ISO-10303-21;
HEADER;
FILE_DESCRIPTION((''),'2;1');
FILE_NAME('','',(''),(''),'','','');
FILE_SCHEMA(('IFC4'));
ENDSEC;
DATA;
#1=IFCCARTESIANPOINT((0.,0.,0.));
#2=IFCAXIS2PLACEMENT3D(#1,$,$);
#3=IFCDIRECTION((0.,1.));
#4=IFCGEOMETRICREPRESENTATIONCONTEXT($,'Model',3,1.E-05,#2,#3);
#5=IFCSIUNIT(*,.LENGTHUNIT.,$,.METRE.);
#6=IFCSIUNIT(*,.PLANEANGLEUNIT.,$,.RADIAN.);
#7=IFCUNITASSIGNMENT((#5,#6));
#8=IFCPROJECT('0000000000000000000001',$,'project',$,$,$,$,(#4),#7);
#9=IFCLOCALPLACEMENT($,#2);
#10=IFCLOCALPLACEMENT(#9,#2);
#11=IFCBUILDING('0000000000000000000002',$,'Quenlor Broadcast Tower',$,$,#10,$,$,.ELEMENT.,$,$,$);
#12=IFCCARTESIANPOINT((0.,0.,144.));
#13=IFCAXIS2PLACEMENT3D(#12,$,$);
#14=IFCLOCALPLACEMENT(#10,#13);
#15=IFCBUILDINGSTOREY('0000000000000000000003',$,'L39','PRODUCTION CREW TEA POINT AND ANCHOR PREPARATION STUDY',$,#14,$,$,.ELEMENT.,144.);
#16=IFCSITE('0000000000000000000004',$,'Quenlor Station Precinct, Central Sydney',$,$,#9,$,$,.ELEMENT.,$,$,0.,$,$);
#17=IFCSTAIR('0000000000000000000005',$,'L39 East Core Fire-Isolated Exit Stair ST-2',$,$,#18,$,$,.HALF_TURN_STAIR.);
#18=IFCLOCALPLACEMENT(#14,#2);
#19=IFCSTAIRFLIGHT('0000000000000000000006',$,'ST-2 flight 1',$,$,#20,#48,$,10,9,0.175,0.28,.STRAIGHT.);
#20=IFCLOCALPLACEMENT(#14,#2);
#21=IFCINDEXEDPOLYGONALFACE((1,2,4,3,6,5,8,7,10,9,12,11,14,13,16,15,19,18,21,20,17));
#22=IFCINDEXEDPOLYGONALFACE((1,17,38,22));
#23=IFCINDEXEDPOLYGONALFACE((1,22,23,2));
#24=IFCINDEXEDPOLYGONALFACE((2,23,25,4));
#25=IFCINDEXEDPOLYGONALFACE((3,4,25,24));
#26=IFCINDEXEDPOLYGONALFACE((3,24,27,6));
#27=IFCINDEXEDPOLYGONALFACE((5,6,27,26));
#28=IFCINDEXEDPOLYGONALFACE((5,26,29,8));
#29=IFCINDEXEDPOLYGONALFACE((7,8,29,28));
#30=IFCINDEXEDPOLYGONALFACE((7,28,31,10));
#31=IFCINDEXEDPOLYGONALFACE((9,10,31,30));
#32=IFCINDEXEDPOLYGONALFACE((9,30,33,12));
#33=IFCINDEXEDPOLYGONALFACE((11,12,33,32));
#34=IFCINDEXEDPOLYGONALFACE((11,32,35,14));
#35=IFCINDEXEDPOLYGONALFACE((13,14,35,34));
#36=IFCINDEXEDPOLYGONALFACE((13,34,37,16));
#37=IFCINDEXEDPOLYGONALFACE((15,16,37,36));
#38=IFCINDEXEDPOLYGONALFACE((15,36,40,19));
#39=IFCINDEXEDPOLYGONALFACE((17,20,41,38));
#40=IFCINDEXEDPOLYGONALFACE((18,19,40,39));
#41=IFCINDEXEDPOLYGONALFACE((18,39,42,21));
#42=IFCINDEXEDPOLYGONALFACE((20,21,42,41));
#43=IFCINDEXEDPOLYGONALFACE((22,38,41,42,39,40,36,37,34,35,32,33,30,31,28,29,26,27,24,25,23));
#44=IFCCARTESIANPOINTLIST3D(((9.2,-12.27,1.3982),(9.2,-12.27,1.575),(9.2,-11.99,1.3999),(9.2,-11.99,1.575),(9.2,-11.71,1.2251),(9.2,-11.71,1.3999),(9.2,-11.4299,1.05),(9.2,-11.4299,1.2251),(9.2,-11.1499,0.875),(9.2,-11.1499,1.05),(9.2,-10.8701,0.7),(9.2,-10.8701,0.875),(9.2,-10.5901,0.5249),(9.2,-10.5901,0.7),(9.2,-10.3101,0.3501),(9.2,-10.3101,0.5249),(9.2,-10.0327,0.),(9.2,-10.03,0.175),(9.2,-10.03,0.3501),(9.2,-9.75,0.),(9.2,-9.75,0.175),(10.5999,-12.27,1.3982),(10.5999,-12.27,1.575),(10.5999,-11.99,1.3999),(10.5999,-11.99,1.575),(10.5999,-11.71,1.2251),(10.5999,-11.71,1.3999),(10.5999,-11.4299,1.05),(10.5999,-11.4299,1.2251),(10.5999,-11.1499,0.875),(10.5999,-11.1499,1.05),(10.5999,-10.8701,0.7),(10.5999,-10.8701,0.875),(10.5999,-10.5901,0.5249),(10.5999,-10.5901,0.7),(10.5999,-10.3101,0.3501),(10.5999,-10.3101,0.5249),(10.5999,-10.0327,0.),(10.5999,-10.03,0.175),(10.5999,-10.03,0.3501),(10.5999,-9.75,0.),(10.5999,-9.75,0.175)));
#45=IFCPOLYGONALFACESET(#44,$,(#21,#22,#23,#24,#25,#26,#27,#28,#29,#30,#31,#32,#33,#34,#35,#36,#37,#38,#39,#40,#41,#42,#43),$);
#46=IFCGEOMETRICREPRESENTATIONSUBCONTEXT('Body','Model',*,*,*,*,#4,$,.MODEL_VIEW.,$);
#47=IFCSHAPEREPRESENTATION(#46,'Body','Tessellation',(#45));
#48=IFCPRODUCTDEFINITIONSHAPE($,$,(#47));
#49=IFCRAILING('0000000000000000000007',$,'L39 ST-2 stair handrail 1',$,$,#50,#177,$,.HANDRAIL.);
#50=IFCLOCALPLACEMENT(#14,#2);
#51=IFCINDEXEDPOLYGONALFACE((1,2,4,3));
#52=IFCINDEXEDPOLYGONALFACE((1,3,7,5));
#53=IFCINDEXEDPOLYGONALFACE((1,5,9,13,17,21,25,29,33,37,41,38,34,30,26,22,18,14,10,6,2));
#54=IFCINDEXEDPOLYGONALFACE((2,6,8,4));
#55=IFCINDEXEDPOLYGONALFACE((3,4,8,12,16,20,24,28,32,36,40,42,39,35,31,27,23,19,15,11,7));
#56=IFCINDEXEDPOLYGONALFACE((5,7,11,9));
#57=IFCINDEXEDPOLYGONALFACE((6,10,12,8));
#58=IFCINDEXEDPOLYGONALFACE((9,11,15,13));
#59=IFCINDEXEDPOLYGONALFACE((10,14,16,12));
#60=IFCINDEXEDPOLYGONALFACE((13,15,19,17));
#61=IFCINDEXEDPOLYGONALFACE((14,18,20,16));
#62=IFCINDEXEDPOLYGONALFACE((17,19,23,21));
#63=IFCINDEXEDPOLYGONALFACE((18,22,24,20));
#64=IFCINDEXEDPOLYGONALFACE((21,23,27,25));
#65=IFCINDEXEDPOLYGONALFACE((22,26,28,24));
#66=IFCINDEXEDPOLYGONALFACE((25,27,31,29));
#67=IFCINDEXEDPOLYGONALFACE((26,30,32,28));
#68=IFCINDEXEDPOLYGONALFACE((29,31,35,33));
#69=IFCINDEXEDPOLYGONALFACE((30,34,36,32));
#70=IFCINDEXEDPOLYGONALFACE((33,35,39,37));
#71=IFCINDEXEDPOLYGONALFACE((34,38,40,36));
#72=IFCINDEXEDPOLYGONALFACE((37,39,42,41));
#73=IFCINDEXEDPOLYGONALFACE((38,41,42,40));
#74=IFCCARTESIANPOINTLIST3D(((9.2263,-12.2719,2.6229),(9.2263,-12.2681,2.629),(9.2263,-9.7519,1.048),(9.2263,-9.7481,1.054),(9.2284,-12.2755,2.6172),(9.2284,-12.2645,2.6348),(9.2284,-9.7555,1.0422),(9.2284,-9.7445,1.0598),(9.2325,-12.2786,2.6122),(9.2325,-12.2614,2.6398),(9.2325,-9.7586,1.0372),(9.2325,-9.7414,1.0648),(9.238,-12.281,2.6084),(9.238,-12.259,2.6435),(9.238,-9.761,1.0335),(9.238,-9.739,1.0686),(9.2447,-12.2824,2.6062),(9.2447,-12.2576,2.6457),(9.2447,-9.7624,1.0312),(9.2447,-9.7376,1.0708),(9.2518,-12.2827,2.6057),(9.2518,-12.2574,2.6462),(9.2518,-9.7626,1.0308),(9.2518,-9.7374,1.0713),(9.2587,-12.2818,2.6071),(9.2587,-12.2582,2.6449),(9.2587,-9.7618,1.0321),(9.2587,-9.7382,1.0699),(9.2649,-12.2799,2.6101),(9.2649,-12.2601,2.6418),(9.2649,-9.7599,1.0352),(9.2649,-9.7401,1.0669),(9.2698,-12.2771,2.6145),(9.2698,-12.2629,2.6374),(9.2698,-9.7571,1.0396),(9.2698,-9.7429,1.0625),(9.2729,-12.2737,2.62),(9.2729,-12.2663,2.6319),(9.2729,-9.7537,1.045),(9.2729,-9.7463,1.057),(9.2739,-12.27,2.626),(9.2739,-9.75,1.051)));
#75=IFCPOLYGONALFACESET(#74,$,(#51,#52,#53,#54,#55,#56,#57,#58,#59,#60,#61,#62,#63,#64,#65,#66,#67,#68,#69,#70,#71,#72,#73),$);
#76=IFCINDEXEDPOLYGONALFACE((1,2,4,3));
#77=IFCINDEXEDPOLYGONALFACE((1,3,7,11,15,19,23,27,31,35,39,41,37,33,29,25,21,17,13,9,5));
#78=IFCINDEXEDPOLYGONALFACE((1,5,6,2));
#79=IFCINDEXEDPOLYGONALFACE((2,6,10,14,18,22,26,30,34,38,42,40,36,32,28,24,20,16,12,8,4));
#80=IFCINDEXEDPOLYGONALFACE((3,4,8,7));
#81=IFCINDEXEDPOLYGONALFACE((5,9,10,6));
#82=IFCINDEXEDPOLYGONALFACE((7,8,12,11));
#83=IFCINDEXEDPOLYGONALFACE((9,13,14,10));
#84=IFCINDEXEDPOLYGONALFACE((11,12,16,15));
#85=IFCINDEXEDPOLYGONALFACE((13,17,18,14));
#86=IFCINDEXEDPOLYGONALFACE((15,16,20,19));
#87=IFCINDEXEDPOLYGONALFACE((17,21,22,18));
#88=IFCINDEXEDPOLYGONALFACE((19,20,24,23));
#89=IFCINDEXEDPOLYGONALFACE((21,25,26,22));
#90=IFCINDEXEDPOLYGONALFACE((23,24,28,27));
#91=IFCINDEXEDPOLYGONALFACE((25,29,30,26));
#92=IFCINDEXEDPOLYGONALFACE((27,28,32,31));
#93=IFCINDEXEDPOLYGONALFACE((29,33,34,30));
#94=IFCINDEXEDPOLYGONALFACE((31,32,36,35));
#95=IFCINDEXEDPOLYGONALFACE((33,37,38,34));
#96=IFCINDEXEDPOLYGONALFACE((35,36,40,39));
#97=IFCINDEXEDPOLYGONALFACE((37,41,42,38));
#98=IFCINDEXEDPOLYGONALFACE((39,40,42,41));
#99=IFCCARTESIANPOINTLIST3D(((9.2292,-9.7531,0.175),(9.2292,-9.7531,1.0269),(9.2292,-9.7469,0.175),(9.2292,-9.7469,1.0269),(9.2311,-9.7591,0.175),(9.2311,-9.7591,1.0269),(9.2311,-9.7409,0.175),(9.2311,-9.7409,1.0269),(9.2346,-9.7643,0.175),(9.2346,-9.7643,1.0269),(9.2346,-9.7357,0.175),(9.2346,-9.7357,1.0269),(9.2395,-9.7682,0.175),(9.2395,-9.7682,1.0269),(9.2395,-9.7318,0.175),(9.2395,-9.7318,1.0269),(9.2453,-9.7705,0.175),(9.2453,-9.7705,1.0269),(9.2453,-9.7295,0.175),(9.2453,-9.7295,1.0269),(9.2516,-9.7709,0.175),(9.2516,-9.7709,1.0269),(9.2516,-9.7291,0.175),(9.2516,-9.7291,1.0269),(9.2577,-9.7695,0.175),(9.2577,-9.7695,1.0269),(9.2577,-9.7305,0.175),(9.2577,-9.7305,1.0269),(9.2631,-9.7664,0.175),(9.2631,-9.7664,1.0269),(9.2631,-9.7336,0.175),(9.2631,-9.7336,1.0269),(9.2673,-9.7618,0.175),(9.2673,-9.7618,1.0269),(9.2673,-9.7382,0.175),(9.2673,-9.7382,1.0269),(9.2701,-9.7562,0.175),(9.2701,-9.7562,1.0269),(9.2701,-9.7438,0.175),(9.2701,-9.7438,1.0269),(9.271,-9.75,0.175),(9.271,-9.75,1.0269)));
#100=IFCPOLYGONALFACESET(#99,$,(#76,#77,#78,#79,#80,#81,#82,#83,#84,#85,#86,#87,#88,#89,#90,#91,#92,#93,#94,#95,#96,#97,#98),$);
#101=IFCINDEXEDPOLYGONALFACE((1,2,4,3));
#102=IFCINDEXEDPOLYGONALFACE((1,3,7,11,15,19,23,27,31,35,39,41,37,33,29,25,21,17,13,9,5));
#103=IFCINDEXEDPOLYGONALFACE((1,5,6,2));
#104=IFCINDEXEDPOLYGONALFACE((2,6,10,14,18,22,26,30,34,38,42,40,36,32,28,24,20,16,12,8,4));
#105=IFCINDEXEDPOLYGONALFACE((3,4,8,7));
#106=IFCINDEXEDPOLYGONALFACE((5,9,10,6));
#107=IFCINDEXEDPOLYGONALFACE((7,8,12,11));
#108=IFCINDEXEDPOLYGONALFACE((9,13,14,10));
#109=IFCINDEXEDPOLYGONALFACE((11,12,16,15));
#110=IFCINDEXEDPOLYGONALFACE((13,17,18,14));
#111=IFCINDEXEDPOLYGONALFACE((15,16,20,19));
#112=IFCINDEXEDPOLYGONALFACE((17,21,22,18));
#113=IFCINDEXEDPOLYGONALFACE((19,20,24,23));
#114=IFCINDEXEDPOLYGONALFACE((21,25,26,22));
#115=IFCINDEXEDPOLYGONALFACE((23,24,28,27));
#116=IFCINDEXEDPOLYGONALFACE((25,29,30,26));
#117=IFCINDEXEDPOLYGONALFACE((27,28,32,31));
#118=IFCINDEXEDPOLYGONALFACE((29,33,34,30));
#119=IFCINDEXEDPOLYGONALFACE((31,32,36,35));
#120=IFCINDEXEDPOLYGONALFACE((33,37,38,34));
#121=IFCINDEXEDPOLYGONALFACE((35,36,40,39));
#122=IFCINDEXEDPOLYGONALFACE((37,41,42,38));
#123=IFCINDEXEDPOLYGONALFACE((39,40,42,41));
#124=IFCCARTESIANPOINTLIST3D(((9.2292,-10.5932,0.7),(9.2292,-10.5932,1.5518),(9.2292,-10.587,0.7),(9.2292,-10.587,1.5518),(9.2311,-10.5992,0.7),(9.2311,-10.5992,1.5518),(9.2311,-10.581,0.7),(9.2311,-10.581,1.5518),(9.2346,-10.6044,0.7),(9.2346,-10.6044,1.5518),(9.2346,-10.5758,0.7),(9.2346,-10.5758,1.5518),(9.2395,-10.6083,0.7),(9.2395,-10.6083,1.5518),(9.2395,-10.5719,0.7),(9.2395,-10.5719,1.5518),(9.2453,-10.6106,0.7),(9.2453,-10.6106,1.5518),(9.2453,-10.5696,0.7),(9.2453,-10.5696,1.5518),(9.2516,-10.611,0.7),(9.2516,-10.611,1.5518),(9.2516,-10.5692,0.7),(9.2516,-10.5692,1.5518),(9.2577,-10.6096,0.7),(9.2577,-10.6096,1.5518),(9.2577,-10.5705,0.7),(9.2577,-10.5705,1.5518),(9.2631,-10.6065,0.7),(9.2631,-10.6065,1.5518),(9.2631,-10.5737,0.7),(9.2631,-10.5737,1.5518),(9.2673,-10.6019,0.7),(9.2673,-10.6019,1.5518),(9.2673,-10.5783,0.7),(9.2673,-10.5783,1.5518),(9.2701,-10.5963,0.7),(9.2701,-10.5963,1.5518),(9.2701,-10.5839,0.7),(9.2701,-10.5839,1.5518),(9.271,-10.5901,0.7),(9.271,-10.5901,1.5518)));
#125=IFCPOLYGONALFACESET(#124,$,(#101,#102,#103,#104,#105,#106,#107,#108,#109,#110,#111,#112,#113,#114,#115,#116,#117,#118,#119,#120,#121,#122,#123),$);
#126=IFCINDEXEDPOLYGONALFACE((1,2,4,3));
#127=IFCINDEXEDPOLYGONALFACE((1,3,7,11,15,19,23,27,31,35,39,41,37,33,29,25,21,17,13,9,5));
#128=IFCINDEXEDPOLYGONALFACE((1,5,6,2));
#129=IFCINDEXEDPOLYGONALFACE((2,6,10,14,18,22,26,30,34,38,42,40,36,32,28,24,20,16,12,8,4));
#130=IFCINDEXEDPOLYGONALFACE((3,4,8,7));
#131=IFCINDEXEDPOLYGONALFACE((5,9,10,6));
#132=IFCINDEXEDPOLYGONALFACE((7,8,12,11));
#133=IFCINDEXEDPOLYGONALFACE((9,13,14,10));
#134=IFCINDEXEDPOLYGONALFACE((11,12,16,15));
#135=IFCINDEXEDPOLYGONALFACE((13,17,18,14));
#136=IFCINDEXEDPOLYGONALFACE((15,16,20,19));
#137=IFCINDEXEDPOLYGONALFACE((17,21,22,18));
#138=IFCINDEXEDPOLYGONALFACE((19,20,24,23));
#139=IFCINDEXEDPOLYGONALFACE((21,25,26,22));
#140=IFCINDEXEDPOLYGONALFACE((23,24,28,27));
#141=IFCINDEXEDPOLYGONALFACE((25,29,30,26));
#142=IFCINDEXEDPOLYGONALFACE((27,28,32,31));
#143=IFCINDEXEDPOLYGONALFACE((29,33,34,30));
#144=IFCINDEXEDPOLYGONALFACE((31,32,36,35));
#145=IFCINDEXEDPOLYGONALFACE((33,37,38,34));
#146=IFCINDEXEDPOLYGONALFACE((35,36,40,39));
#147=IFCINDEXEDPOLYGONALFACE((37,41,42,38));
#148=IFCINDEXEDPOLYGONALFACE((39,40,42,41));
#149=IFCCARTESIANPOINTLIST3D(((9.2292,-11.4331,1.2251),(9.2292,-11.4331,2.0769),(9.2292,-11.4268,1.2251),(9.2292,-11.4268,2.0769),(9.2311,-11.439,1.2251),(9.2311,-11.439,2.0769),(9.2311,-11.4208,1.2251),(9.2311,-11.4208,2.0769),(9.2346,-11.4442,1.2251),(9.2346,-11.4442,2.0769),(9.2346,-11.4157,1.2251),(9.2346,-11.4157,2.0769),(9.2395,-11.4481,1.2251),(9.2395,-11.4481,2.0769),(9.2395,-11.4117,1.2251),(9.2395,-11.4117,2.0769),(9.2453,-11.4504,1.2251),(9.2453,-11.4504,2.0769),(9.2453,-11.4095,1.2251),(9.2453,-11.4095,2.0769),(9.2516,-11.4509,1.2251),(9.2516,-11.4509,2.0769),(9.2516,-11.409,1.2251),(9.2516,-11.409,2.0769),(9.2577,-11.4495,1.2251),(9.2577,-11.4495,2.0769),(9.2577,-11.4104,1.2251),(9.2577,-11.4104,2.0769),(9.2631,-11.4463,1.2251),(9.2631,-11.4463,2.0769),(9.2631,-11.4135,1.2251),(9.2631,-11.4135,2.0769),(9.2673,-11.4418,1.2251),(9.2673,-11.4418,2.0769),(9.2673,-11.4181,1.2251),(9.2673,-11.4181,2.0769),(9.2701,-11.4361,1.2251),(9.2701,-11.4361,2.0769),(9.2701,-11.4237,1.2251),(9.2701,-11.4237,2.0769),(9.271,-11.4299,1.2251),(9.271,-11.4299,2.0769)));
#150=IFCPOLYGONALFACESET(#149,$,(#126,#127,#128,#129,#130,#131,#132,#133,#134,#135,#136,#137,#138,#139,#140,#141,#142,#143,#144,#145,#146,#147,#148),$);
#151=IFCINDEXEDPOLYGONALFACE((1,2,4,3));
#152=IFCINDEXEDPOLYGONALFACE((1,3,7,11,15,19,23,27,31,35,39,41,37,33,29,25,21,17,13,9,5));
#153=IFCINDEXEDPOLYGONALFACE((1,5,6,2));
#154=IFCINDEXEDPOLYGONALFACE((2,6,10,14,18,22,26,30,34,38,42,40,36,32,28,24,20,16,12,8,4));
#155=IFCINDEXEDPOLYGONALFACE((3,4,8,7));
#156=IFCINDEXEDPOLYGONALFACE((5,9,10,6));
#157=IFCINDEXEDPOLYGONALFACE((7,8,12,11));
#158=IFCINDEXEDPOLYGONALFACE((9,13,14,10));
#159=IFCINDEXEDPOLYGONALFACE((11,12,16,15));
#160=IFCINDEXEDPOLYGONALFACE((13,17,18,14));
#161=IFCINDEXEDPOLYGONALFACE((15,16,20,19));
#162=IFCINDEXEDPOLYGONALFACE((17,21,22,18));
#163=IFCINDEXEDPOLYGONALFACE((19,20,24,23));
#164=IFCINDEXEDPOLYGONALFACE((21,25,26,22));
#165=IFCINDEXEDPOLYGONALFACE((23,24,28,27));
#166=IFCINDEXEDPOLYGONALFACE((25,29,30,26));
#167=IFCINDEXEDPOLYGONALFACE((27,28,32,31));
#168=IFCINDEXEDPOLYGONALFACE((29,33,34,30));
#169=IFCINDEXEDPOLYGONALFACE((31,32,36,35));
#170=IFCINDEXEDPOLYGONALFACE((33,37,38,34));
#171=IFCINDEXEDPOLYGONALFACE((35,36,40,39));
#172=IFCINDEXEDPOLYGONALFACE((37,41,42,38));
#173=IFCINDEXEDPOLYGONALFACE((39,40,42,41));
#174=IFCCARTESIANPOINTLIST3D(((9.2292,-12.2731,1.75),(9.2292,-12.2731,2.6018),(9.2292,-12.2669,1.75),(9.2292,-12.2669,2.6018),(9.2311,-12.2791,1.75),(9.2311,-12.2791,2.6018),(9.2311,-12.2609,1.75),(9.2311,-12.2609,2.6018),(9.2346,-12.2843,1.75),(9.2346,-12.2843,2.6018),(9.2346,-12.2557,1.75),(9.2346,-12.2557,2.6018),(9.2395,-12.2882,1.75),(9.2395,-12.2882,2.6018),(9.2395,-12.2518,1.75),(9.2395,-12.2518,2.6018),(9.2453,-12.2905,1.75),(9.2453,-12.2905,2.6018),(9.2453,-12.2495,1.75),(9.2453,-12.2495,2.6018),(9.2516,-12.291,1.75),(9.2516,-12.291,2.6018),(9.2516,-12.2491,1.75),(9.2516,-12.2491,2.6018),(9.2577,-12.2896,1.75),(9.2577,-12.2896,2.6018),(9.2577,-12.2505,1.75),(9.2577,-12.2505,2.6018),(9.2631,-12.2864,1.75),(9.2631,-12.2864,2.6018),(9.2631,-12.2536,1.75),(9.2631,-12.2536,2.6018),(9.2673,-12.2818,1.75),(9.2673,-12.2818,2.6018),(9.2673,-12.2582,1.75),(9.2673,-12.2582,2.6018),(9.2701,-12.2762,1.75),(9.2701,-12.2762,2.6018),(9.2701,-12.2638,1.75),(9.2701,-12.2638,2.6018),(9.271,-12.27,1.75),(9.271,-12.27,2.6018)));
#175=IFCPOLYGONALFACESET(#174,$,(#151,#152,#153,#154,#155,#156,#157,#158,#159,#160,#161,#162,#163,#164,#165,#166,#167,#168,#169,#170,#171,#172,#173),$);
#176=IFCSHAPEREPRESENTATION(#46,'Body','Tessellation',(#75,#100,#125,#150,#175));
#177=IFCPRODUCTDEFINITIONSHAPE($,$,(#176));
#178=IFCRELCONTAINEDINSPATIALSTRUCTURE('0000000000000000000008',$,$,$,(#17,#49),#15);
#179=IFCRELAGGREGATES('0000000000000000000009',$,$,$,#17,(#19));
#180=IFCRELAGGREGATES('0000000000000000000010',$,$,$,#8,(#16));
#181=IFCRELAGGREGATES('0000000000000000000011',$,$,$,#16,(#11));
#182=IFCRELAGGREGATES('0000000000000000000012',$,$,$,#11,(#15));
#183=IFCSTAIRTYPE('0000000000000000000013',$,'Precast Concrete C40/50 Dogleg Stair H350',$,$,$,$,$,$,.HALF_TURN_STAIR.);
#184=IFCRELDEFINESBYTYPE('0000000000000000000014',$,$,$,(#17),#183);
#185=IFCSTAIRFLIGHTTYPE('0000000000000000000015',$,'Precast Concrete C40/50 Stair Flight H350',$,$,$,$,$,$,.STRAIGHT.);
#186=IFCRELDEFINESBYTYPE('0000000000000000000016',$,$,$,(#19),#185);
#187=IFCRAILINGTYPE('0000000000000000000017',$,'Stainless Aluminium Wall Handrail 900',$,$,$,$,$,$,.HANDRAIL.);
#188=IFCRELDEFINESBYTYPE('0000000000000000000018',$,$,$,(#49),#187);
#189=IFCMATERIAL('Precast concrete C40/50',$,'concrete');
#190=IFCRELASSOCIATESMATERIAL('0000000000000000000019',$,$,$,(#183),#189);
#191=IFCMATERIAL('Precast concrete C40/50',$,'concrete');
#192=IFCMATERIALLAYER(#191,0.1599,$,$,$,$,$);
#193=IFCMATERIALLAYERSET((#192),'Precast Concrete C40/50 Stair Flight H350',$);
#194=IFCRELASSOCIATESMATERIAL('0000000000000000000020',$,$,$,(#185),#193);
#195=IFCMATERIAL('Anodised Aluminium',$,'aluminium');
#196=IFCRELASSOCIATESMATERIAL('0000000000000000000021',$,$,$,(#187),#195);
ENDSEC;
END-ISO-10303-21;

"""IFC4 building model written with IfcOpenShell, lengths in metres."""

from ifc_helpers import new_model, si_unit, direction, frame, origin, origin_2d, place, context, subcontext, project, spatial, polyline, circle, outline, extrude, material, layer, layer_set, type_object, element, aggregate, save


model = new_model("IFC4")

# Units and contexts
model_context = context("Model", 3, precision=1e-05, world=origin(), true_north=direction((0.0, 1.0)))
body_context = subcontext(model_context, "Body", "Model", "MODEL_VIEW")
ifc_project = project(units=[si_unit("LENGTHUNIT", "METRE"), si_unit("PLANEANGLEUNIT", "RADIAN")], contexts=[model_context])

# Site, building, storey
site_placement = place(None, origin())
site = spatial("IfcSite", under=ifc_project, at=site_placement, Name="Quenlor Station Precinct, Central Sydney", CompositionType="ELEMENT", RefElevation=0.0)
building_placement = place(site_placement, origin())
building = spatial("IfcBuilding", under=site, at=building_placement, Name="Quenlor Broadcast Tower", CompositionType="ELEMENT")
storey_placement = place(building_placement, frame((0.0, 0.0, 144.0)))
storey = spatial("IfcBuildingStorey", under=building, at=storey_placement, Name="L39", Description="PRODUCTION CREW TEA POINT AND ANCHOR PREPARATION STUDY", CompositionType="ELEMENT", Elevation=144.0)

# Stair, stair flight
ifc_material_1 = material(Name="Precast concrete C40/50", Category="concrete")
stair_type = type_object("IfcStairType", Name="Precast Concrete C40/50 Dogleg Stair H350", PredefinedType="HALF_TURN_STAIR", material=ifc_material_1)
stair_placement = place(storey_placement, origin())
stair = element("IfcStair", 1, at=stair_placement, inside=storey, type_object=stair_type, Name="L39 East Core Fire-Isolated Exit Stair ST-2", PredefinedType="HALF_TURN_STAIR")
ifc_material_2 = material(Name="Precast concrete C40/50", Category="concrete")
ifc_layer_1 = layer(ifc_material_2, 0.1599)
ifc_layer_set_1 = layer_set([ifc_layer_1], Name="Precast Concrete C40/50 Stair Flight H350")
stair_flight_type = type_object("IfcStairFlightType", Name="Precast Concrete C40/50 Stair Flight H350", PredefinedType="STRAIGHT", material=ifc_layer_set_1)
stair_flight_placement = place(storey_placement, frame((9.8999, -9.75, 0.0), z_axis=(0.0, 0.0, 1.0), x_axis=(0.0, -1.0, 0.0)))
stair_flight = element("IfcStairFlight", 2, at=stair_flight_placement, type_object=stair_flight_type, Name="ST-2 flight 1", NumberOfRisers=10, NumberOfTreads=9, PredefinedType="STRAIGHT", RiserHeight=0.175, TreadLength=0.28, context=body_context, shape_type="SweptSolid", body=[
    extrude(outline(polyline([(0.0, 0.0), (0.0, 0.175), (0.28, 0.175), (0.28, 0.3501), (0.5601, 0.3501), (0.5601, 0.5249), (0.8401, 0.5249), (0.8401, 0.7), (1.1201, 0.7), (1.1201, 0.875), (1.3999, 0.875), (1.3999, 1.05), (1.6799, 1.05), (1.6799, 1.2251), (1.96, 1.2251), (1.96, 1.3999), (2.24, 1.3999), (2.24, 1.575), (2.52, 1.575), (2.52, 1.75), (2.52, 1.3982), (0.2827, 0.0), (0.0, 0.0)])), frame((0.0, 0.7, 0.0), z_axis=(0.0, -1.0, 0.0), x_axis=(1.0, 0.0, 0.0)), (0.0, 0.0, 1.0), 1.3999),
])
aggregate(stair, [stair_flight])

# Railing
ifc_material_3 = material(Name="Anodised Aluminium", Category="aluminium")
railing_type_1 = type_object("IfcRailingType", Name="Stainless Aluminium Wall Handrail 900", PredefinedType="HANDRAIL", material=ifc_material_3)
railing_1_placement = place(storey_placement, frame((9.25, -9.75, 0.175)))
element("IfcRailing", 3, at=railing_1_placement, inside=storey, type_object=railing_type_1, Name="L39 ST-2 stair handrail 1", PredefinedType="HANDRAIL", context=body_context, shape_type="SweptSolid", body=[
    extrude(circle(Radius=0.0239, at=origin_2d()), frame((0.0, 0.0, 0.876), z_axis=(0.0, -0.848008, 0.529984), x_axis=(1.0, 0.0, 0.0)), (0.0, 0.0, 1.0), 2.9717),
    extrude(circle(Radius=0.021, at=origin_2d()), origin(), (0.0, 0.0, 1.0), 0.8518),
    extrude(circle(Radius=0.021, at=origin_2d()), frame((0.0, -0.8401, 0.5249)), (0.0, 0.0, 1.0), 0.8518),
    extrude(circle(Radius=0.021, at=origin_2d()), frame((0.0, -1.6799, 1.05)), (0.0, 0.0, 1.0), 0.8518),
    extrude(circle(Radius=0.021, at=origin_2d()), frame((0.0, -2.52, 1.575)), (0.0, 0.0, 1.0), 0.8518),
])

save(model, "model.ifc")
